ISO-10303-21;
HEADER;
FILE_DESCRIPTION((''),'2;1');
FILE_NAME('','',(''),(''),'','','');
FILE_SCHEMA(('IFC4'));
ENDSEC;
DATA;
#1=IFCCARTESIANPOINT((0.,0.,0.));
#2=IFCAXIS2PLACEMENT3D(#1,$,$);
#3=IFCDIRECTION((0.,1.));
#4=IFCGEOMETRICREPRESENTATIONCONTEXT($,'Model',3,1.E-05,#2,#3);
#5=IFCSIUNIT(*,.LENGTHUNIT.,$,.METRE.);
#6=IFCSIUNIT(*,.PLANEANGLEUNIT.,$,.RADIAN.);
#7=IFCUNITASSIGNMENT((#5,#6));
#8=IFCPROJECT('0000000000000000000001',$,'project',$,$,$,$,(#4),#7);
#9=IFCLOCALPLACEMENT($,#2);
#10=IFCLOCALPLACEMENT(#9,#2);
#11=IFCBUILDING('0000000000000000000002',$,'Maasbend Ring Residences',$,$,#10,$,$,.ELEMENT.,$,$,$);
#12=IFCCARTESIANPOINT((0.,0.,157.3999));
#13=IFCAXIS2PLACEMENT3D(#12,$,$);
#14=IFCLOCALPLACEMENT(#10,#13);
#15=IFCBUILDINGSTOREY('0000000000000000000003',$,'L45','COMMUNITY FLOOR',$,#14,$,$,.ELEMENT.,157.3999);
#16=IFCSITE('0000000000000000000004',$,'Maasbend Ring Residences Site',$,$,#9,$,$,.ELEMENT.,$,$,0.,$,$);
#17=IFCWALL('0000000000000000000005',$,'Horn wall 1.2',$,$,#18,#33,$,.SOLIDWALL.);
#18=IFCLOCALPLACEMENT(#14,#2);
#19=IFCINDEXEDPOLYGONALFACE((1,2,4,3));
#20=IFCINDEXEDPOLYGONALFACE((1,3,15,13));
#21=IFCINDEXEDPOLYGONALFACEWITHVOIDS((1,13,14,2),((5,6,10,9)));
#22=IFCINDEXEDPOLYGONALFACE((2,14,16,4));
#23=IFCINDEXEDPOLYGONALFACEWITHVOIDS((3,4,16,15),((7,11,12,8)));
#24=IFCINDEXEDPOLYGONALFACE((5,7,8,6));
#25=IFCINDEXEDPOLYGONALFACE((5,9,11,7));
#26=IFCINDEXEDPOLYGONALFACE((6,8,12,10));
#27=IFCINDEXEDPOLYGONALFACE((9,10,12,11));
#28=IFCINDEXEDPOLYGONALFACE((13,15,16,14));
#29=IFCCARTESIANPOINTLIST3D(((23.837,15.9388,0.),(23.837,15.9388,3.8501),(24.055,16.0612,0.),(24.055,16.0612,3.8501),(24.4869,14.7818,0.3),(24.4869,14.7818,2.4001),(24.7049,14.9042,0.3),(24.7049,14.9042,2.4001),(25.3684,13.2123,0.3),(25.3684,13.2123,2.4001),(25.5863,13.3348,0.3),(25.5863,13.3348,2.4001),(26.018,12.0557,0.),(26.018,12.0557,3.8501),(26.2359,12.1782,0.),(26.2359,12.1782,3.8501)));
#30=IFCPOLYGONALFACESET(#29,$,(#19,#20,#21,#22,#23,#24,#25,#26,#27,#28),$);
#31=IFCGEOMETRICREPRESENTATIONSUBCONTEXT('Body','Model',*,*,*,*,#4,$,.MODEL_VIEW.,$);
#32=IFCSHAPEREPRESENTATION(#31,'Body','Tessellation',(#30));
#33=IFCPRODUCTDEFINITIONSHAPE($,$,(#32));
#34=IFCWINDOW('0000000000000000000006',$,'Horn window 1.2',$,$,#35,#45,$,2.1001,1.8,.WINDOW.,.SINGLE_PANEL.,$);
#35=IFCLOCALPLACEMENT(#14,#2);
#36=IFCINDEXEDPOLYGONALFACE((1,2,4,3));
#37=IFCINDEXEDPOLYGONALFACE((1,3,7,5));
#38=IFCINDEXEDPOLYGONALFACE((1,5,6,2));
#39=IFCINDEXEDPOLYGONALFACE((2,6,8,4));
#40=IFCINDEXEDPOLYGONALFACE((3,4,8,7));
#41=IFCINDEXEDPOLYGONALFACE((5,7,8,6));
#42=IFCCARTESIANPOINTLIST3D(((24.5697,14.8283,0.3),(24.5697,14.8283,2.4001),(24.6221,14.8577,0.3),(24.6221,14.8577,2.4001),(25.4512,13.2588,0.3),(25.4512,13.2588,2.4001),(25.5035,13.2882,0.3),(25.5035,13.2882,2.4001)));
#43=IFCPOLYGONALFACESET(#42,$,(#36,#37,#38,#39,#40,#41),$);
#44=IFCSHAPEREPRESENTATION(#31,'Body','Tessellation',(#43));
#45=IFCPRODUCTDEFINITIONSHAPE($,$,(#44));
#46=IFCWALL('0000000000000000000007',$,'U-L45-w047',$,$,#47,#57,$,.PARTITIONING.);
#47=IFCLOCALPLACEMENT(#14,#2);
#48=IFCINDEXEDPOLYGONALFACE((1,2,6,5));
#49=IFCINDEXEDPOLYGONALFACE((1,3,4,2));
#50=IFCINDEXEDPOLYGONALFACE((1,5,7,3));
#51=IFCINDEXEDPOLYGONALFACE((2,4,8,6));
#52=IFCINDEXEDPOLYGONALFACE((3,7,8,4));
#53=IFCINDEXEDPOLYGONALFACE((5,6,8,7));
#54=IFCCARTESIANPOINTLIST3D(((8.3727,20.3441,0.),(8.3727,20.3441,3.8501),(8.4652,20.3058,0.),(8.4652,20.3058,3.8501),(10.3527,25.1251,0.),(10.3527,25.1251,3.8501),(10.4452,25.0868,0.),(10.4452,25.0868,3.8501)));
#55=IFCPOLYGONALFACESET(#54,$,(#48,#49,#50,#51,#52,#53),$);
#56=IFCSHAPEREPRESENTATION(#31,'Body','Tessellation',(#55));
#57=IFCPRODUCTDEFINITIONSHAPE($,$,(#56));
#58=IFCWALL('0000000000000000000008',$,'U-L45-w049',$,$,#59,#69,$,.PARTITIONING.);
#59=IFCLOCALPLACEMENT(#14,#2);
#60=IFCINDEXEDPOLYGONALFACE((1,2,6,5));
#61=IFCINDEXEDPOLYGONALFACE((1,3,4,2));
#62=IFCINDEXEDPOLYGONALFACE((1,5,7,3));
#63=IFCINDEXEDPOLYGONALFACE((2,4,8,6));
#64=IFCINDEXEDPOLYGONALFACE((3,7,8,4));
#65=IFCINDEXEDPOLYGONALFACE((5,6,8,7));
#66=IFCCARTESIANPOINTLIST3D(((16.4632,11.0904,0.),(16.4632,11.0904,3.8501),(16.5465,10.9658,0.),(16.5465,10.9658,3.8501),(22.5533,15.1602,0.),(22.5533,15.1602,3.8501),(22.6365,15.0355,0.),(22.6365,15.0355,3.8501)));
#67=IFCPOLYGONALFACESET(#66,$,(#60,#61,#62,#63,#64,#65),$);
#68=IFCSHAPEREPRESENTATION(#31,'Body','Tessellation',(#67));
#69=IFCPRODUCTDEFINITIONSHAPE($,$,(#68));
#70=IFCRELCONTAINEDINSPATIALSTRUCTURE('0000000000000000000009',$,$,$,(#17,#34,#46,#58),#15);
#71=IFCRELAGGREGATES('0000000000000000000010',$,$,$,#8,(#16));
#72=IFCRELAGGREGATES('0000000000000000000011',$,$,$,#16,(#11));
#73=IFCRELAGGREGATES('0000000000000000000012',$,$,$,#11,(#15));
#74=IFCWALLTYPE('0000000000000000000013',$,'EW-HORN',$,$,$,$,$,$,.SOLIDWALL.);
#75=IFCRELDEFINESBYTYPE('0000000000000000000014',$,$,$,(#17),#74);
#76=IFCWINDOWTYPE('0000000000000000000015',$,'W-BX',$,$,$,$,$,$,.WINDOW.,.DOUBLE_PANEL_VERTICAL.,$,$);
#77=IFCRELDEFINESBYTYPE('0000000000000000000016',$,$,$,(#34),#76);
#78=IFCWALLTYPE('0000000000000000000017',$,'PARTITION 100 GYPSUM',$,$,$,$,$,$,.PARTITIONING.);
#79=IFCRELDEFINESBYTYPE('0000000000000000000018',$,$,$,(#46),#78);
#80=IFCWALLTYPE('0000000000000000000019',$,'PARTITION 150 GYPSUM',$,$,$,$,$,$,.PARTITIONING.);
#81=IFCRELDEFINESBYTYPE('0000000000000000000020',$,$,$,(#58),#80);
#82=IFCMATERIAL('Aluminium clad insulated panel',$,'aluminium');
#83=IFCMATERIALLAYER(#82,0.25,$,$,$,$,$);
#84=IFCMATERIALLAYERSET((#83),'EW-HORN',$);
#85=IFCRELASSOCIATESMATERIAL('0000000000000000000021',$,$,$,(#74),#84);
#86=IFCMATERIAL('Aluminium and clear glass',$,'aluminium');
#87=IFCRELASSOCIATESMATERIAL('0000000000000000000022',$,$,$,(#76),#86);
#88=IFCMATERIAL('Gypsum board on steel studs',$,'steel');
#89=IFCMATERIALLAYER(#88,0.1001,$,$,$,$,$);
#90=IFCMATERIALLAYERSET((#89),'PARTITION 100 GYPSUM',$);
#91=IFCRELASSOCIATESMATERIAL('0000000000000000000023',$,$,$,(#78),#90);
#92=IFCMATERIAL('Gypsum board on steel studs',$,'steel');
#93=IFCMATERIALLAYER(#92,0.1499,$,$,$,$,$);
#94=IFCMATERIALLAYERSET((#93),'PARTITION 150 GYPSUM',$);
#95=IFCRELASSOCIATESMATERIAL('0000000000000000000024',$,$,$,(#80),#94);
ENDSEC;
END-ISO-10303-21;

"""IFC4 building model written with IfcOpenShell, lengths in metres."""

from ifc_helpers import new_model, si_unit, direction, frame, frame_2d, origin, place, context, subcontext, project, spatial, rectangle, extrude, material, layer, layer_set, type_object, element, fill, save


model = new_model("IFC4")

# Units and contexts
model_context = context("Model", 3, precision=1e-05, world=origin(), true_north=direction((0.0, 1.0)))
body_context = subcontext(model_context, "Body", "Model", "MODEL_VIEW")
ifc_project = project(units=[si_unit("LENGTHUNIT", "METRE"), si_unit("PLANEANGLEUNIT", "RADIAN")], contexts=[model_context])

# Site, building, storey
site_placement = place(None, origin())
site = spatial("IfcSite", under=ifc_project, at=site_placement, Name="Maasbend Ring Residences Site", CompositionType="ELEMENT", RefElevation=0.0)
building_placement = place(site_placement, origin())
building = spatial("IfcBuilding", under=site, at=building_placement, Name="Maasbend Ring Residences", CompositionType="ELEMENT")
storey_placement = place(building_placement, frame((0.0, 0.0, 157.3999)))
storey = spatial("IfcBuildingStorey", under=building, at=storey_placement, Name="L45", Description="COMMUNITY FLOOR", CompositionType="ELEMENT", Elevation=157.3999)

# Wall, opening, window
ifc_material_1 = material(Name="Aluminium clad insulated panel", Category="aluminium")
ifc_layer_1 = layer(ifc_material_1, 0.25)
ifc_layer_set_1 = layer_set([ifc_layer_1], Name="EW-HORN")
wall_type_1 = type_object("IfcWallType", Name="EW-HORN", PredefinedType="SOLIDWALL", material=ifc_layer_set_1)
wall_1_placement = place(storey_placement, frame((26.127, 12.1169, 0.0), z_axis=(0.0, 0.0, 1.0), x_axis=(-0.489696, 0.871893, 0.0)))
wall_1 = element("IfcWall", 1, at=wall_1_placement, inside=storey, type_object=wall_type_1, Name="Horn wall 1.2", PredefinedType="SOLIDWALL", context=body_context, shape_type="SweptSolid", body=[
    extrude(rectangle(XDim=4.4536, YDim=0.25, at=frame_2d((2.2268, 0.0))), origin(), (0.0, 0.0, 1.0), 3.8501),
])
opening_1_placement = place(wall_1_placement, frame((1.3267, 0.0, 0.3)))
opening_1 = element("IfcOpeningElement", 2, at=opening_1_placement, cuts=wall_1, PredefinedType="OPENING", context=body_context, shape_type="SweptSolid", body=[
    extrude(rectangle(XDim=1.8, YDim=2.1001, at=frame_2d((0.8999, 1.05))), frame((0.0, 0.135, 0.0), z_axis=(0.0, -1.0, 0.0), x_axis=(1.0, 0.0, 0.0)), (0.0, 0.0, 1.0), 0.27),
])
ifc_material_2 = material(Name="Aluminium and clear glass", Category="aluminium")
window_type = type_object("IfcWindowType", Name="W-BX", PartitioningType="DOUBLE_PANEL_VERTICAL", PredefinedType="WINDOW", material=ifc_material_2)
window_placement = place(opening_1_placement, origin())
window = element("IfcWindow", 3, at=window_placement, inside=storey, type_object=window_type, Name="Horn window 1.2", OverallHeight=2.1001, OverallWidth=1.8, PartitioningType="SINGLE_PANEL", PredefinedType="WINDOW", context=body_context, shape_type="SweptSolid", body=[
    extrude(rectangle(XDim=1.8, YDim=2.1001, at=frame_2d((0.8999, 1.05))), frame((0.0, 0.03, 0.0), z_axis=(0.0, -1.0, 0.0), x_axis=(1.0, 0.0, 0.0)), (0.0, 0.0, 1.0), 0.0601),
])
fill(opening_1, window)

# Walls
ifc_material_3 = material(Name="Gypsum board on steel studs", Category="steel")
ifc_layer_2 = layer(ifc_material_3, 0.1001)
ifc_layer_set_2 = layer_set([ifc_layer_2], Name="PARTITION 100 GYPSUM")
wall_type_2 = type_object("IfcWallType", Name="PARTITION 100 GYPSUM", PredefinedType="PARTITIONING", material=ifc_layer_set_2)
wall_2_placement = place(storey_placement, frame((8.4189, 20.325, 0.0), z_axis=(0.0, 0.0, 1.0), x_axis=(0.382621, 0.923905, 0.0)))
element("IfcWall", 4, at=wall_2_placement, inside=storey, type_object=wall_type_2, Name="U-L45-w047", PredefinedType="PARTITIONING", context=body_context, shape_type="SweptSolid", body=[
    extrude(rectangle(XDim=5.1748, YDim=0.1001, at=frame_2d((2.5874, 0.0))), origin(), (0.0, 0.0, 1.0), 3.8501),
])
ifc_material_4 = material(Name="Gypsum board on steel studs", Category="steel")
ifc_layer_3 = layer(ifc_material_4, 0.1499)
ifc_layer_set_3 = layer_set([ifc_layer_3], Name="PARTITION 150 GYPSUM")
wall_type_3 = type_object("IfcWallType", Name="PARTITION 150 GYPSUM", PredefinedType="PARTITIONING", material=ifc_layer_set_3)
wall_3_placement = place(storey_placement, frame((16.5049, 11.0281, 0.0), z_axis=(0.0, 0.0, 1.0), x_axis=(0.831434, 0.555623, 0.0)))
element("IfcWall", 5, at=wall_3_placement, inside=storey, type_object=wall_type_3, Name="U-L45-w049", PredefinedType="PARTITIONING", context=body_context, shape_type="SweptSolid", body=[
    extrude(rectangle(XDim=7.3247, YDim=0.1499, at=frame_2d((3.6624, 0.0))), origin(), (0.0, 0.0, 1.0), 3.8501),
])

save(model, "model.ifc")
